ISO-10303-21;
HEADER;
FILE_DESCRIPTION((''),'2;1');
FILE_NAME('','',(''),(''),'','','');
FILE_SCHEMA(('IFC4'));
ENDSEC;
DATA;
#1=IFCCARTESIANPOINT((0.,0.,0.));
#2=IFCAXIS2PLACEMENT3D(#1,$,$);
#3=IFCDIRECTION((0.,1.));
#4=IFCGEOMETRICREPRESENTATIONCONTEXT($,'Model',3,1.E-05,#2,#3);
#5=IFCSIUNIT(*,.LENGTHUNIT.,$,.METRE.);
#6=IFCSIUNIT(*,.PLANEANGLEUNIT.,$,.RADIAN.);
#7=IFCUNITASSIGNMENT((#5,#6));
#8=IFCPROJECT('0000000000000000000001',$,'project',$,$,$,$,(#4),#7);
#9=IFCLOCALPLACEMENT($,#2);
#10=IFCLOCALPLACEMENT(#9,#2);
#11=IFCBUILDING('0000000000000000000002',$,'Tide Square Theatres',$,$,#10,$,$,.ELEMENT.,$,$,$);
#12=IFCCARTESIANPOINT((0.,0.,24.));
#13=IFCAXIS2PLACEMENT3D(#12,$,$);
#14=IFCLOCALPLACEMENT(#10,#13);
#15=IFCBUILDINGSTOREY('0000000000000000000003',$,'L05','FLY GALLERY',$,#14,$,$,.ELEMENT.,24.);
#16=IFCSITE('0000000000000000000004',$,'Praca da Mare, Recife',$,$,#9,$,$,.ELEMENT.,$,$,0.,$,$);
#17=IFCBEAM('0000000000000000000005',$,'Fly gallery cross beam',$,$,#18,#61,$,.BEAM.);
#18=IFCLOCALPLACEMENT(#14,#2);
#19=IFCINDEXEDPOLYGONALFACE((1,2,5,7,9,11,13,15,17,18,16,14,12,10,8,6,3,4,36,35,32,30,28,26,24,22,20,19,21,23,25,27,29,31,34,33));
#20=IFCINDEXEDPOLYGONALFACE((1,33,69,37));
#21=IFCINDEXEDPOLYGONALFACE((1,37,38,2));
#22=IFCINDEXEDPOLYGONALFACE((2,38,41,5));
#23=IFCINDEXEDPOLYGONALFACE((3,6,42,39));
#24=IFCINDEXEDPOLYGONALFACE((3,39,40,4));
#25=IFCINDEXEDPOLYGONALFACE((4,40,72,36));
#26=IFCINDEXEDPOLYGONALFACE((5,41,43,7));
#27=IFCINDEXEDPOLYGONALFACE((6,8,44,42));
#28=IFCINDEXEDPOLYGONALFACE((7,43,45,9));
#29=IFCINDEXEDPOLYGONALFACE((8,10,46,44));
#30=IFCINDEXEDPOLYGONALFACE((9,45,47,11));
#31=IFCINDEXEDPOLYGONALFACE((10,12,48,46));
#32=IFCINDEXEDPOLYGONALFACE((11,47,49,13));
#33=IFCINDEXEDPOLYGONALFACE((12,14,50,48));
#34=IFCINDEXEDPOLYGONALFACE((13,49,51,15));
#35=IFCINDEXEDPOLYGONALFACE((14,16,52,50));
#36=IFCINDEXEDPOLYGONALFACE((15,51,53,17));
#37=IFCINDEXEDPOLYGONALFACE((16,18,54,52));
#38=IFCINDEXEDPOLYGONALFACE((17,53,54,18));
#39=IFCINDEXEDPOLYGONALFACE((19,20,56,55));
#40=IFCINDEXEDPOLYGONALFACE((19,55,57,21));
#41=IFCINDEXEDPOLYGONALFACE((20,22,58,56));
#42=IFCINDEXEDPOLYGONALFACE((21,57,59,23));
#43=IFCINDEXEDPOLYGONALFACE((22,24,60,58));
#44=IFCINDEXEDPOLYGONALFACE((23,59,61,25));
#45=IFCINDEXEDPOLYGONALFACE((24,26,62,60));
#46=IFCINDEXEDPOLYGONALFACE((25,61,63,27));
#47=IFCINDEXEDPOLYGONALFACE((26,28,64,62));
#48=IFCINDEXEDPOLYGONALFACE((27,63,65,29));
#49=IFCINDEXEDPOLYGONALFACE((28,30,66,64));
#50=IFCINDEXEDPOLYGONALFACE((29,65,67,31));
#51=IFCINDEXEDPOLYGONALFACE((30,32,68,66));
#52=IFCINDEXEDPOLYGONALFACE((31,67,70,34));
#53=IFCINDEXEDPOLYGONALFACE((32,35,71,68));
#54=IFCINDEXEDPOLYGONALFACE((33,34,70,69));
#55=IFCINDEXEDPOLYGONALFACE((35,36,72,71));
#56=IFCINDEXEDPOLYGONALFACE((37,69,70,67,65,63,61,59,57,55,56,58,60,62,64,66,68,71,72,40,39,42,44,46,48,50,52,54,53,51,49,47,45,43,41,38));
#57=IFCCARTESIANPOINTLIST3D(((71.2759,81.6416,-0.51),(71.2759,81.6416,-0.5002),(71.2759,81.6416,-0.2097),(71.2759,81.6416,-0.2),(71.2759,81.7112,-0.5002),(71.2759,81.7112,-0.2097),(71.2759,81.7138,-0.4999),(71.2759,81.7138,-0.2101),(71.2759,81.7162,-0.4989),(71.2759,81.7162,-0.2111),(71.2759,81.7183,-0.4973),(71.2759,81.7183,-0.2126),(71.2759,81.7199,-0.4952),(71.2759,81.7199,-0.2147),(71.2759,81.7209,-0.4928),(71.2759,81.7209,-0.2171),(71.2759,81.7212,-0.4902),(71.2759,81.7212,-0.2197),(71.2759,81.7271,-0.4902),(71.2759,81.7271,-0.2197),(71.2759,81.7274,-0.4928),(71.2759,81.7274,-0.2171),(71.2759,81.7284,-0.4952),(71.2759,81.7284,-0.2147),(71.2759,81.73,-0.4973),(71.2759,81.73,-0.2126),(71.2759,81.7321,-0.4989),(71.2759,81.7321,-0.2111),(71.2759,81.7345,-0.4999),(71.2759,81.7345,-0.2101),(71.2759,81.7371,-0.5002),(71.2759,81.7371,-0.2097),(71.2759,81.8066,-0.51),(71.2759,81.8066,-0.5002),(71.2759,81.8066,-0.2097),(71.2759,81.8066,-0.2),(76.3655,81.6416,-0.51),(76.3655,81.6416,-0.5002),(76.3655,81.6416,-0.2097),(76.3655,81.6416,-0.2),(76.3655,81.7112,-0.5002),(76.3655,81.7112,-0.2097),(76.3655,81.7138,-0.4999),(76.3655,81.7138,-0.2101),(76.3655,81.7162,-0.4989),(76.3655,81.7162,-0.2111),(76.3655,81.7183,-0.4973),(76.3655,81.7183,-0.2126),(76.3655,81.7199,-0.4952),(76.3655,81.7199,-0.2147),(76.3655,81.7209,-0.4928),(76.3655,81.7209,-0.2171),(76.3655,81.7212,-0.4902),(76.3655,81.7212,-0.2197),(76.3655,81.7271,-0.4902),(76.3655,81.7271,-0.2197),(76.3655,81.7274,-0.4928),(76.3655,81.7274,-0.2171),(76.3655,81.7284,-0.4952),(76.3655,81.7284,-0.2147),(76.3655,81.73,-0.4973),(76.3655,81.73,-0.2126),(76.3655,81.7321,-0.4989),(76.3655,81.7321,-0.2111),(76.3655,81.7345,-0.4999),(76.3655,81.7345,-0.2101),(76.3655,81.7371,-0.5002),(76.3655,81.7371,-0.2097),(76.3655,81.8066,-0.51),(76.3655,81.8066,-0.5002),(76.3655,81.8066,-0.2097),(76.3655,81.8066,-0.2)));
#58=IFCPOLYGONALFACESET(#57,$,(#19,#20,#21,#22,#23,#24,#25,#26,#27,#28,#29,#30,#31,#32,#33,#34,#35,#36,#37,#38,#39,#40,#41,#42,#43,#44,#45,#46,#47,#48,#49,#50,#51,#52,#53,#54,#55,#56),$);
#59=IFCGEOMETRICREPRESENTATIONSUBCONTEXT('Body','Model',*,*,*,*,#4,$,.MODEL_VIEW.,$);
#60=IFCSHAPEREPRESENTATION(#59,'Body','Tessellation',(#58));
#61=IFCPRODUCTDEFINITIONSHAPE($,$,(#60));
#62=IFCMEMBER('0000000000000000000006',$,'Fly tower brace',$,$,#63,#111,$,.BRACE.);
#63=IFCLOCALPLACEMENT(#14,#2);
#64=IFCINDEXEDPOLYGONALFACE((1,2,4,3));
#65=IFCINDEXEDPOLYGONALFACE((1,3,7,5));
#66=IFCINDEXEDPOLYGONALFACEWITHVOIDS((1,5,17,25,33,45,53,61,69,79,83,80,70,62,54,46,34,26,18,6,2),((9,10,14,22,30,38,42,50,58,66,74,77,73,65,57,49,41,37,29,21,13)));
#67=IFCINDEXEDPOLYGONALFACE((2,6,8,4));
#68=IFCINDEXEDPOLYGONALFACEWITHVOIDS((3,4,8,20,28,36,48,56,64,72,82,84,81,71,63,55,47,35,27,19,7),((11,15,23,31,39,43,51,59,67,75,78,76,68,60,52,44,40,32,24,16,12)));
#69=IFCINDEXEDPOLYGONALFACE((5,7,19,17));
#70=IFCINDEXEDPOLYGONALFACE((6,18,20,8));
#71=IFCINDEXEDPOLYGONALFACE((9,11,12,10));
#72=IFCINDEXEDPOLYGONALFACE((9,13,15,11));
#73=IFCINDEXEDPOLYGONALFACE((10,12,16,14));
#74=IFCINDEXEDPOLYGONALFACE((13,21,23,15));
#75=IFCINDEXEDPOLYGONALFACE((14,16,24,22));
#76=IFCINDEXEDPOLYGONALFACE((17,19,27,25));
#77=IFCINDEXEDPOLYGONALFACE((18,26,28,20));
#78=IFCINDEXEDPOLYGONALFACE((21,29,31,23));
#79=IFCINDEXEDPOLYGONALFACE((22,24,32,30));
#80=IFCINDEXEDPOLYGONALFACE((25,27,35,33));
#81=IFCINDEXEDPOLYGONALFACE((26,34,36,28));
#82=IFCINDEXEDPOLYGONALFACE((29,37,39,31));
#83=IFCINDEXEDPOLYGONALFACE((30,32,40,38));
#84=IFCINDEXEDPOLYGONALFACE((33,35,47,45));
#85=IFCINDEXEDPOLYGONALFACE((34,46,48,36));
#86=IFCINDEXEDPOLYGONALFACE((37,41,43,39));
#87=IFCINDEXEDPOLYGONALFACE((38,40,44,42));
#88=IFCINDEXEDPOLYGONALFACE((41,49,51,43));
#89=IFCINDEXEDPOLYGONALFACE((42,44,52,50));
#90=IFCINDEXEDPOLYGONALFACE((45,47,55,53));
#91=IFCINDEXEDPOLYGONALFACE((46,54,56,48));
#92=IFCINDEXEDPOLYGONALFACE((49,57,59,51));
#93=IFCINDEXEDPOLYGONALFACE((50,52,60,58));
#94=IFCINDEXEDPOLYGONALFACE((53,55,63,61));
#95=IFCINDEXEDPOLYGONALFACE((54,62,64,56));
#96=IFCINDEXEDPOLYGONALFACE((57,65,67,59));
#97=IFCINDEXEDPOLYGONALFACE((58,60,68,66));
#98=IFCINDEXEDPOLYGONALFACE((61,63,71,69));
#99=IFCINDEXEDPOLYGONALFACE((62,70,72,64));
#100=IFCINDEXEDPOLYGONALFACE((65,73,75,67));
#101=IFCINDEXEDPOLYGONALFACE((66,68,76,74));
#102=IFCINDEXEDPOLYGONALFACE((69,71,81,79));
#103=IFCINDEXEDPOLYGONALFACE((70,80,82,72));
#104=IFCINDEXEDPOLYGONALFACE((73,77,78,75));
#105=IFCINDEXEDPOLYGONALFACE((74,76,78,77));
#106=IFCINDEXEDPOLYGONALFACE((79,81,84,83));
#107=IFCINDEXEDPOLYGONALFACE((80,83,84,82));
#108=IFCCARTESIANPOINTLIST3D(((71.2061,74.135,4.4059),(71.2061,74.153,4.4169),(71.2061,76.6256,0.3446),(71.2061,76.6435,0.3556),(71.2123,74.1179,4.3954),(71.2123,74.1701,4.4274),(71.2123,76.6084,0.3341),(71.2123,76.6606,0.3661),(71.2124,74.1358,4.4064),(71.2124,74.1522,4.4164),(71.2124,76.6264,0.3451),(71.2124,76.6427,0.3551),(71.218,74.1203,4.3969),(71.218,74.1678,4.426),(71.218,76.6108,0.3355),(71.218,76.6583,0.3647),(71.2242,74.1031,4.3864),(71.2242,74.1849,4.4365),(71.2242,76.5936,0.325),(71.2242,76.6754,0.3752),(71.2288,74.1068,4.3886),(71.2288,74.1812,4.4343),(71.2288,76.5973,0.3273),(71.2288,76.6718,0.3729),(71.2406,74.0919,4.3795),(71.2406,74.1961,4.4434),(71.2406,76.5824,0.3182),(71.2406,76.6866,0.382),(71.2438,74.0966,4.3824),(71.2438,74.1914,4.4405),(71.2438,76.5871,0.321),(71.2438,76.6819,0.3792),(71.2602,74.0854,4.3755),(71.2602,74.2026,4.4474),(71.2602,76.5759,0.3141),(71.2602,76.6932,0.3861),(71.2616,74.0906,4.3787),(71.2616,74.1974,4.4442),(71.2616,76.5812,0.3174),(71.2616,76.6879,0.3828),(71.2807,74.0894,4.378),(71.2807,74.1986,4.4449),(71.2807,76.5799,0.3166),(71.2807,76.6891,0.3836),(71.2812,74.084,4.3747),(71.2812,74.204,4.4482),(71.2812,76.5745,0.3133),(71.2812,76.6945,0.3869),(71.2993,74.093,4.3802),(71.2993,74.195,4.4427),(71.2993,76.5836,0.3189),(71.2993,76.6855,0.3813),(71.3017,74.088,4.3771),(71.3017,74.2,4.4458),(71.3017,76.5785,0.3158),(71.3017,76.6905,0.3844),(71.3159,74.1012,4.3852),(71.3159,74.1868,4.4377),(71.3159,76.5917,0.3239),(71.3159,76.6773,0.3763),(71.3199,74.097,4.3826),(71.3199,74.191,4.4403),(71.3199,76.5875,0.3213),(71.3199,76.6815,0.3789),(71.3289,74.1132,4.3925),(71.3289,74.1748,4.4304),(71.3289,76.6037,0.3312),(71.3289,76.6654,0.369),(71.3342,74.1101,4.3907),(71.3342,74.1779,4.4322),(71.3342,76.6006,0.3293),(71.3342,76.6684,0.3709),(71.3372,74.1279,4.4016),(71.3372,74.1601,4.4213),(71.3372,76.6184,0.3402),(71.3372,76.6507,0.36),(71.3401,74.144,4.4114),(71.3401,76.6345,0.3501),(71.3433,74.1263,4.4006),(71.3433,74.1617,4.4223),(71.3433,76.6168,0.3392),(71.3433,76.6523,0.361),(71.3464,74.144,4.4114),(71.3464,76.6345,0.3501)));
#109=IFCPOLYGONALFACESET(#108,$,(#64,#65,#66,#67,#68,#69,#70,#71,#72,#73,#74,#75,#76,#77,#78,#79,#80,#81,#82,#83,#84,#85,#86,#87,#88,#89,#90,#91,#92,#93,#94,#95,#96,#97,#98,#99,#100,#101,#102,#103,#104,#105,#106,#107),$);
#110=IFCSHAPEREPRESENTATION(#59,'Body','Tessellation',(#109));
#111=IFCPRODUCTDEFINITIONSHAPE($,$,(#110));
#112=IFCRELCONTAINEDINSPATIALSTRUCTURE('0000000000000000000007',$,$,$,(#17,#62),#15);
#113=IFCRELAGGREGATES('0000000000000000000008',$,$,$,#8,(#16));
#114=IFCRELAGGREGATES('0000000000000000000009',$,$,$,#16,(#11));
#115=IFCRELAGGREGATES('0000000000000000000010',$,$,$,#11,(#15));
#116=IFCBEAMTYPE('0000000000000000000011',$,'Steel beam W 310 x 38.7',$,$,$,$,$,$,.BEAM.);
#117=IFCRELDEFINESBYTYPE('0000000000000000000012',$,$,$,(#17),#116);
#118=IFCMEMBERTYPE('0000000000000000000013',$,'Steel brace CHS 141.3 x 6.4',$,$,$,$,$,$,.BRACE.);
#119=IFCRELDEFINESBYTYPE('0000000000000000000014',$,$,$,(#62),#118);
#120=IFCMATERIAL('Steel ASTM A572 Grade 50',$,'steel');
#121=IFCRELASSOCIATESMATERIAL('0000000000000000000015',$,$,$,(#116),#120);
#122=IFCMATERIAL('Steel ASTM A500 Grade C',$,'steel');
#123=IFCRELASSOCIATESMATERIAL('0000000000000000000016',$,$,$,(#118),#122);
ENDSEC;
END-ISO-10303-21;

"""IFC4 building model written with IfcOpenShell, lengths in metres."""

from ifc_helpers import new_model, si_unit, direction, frame, origin, origin_2d, place, context, subcontext, project, spatial, hollow_circle, i_section, extrude, material, material_profile, profile_set, type_object, element, save


model = new_model("IFC4")

# Units and contexts
model_context = context("Model", 3, precision=1e-05, world=origin(), true_north=direction((0.0, 1.0)))
body_context = subcontext(model_context, "Body", "Model", "MODEL_VIEW")
ifc_project = project(units=[si_unit("LENGTHUNIT", "METRE"), si_unit("PLANEANGLEUNIT", "RADIAN")], contexts=[model_context])

# Site, building, storey
site_placement = place(None, origin())
site = spatial("IfcSite", under=ifc_project, at=site_placement, Name="Praca da Mare, Recife", CompositionType="ELEMENT", RefElevation=0.0)
building_placement = place(site_placement, origin())
building = spatial("IfcBuilding", under=site, at=building_placement, Name="Tide Square Theatres", CompositionType="ELEMENT")
storey_placement = place(building_placement, frame((0.0, 0.0, 24.0)))
storey = spatial("IfcBuildingStorey", under=building, at=storey_placement, Name="L05", Description="FLY GALLERY", CompositionType="ELEMENT", Elevation=24.0)

# Beam
ifc_material_1 = material(Name="Steel ASTM A572 Grade 50", Category="steel")
ifc_material_profile_1 = material_profile(ifc_material_1, i_section(OverallWidth=0.165, OverallDepth=0.3101, WebThickness=0.0059, FlangeThickness=0.0098, FilletRadius=0.01, at=origin_2d()))
ifc_profile_set_1 = profile_set([ifc_material_profile_1], Name="Steel ASTM A572 Grade 50")
beam_type = type_object("IfcBeamType", Name="Steel beam W 310 x 38.7", PredefinedType="BEAM", material=ifc_profile_set_1)
for number, where, z_axis, x_axis, name in (
    (1, (71.2759, 81.7241, -0.355), (1.0, 0.0, 0.0), (0.0, 1.0, 0.0), "Fly gallery cross beam"),
):
    element("IfcBeam", number, at=place(storey_placement, frame(where, z_axis=z_axis, x_axis=x_axis)), inside=storey, type_object=beam_type, Name=name, PredefinedType="BEAM", context=body_context, shape_type="SweptSolid", body=[
        extrude(i_section(OverallWidth=0.165, OverallDepth=0.3101, WebThickness=0.0059, FlangeThickness=0.0098, FilletRadius=0.01, at=origin_2d()), origin(), (0.0, 0.0, 1.0), 5.0896),
    ])

# Member
ifc_material_2 = material(Name="Steel ASTM A500 Grade C", Category="steel")
ifc_material_profile_2 = material_profile(ifc_material_2, hollow_circle(Radius=0.0706, WallThickness=0.0063, at=origin_2d()))
ifc_profile_set_2 = profile_set([ifc_material_profile_2], Name="Steel ASTM A500 Grade C")
member_type = type_object("IfcMemberType", Name="Steel brace CHS 141.3 x 6.4", PredefinedType="BRACE", material=ifc_profile_set_2)
member_placement = place(storey_placement, frame((71.2759, 76.6345, 0.3501), z_axis=(0.0, -0.522762, 0.852479), x_axis=(1.0, 0.0, 0.0)))
element("IfcMember", 2, at=member_placement, inside=storey, type_object=member_type, Name="Fly tower brace", PredefinedType="BRACE", context=body_context, shape_type="SweptSolid", body=[
    extrude(hollow_circle(Radius=0.0706, WallThickness=0.0063, at=origin_2d()), origin(), (0.0, 0.0, 1.0), 4.7642),
])

save(model, "model.ifc")
